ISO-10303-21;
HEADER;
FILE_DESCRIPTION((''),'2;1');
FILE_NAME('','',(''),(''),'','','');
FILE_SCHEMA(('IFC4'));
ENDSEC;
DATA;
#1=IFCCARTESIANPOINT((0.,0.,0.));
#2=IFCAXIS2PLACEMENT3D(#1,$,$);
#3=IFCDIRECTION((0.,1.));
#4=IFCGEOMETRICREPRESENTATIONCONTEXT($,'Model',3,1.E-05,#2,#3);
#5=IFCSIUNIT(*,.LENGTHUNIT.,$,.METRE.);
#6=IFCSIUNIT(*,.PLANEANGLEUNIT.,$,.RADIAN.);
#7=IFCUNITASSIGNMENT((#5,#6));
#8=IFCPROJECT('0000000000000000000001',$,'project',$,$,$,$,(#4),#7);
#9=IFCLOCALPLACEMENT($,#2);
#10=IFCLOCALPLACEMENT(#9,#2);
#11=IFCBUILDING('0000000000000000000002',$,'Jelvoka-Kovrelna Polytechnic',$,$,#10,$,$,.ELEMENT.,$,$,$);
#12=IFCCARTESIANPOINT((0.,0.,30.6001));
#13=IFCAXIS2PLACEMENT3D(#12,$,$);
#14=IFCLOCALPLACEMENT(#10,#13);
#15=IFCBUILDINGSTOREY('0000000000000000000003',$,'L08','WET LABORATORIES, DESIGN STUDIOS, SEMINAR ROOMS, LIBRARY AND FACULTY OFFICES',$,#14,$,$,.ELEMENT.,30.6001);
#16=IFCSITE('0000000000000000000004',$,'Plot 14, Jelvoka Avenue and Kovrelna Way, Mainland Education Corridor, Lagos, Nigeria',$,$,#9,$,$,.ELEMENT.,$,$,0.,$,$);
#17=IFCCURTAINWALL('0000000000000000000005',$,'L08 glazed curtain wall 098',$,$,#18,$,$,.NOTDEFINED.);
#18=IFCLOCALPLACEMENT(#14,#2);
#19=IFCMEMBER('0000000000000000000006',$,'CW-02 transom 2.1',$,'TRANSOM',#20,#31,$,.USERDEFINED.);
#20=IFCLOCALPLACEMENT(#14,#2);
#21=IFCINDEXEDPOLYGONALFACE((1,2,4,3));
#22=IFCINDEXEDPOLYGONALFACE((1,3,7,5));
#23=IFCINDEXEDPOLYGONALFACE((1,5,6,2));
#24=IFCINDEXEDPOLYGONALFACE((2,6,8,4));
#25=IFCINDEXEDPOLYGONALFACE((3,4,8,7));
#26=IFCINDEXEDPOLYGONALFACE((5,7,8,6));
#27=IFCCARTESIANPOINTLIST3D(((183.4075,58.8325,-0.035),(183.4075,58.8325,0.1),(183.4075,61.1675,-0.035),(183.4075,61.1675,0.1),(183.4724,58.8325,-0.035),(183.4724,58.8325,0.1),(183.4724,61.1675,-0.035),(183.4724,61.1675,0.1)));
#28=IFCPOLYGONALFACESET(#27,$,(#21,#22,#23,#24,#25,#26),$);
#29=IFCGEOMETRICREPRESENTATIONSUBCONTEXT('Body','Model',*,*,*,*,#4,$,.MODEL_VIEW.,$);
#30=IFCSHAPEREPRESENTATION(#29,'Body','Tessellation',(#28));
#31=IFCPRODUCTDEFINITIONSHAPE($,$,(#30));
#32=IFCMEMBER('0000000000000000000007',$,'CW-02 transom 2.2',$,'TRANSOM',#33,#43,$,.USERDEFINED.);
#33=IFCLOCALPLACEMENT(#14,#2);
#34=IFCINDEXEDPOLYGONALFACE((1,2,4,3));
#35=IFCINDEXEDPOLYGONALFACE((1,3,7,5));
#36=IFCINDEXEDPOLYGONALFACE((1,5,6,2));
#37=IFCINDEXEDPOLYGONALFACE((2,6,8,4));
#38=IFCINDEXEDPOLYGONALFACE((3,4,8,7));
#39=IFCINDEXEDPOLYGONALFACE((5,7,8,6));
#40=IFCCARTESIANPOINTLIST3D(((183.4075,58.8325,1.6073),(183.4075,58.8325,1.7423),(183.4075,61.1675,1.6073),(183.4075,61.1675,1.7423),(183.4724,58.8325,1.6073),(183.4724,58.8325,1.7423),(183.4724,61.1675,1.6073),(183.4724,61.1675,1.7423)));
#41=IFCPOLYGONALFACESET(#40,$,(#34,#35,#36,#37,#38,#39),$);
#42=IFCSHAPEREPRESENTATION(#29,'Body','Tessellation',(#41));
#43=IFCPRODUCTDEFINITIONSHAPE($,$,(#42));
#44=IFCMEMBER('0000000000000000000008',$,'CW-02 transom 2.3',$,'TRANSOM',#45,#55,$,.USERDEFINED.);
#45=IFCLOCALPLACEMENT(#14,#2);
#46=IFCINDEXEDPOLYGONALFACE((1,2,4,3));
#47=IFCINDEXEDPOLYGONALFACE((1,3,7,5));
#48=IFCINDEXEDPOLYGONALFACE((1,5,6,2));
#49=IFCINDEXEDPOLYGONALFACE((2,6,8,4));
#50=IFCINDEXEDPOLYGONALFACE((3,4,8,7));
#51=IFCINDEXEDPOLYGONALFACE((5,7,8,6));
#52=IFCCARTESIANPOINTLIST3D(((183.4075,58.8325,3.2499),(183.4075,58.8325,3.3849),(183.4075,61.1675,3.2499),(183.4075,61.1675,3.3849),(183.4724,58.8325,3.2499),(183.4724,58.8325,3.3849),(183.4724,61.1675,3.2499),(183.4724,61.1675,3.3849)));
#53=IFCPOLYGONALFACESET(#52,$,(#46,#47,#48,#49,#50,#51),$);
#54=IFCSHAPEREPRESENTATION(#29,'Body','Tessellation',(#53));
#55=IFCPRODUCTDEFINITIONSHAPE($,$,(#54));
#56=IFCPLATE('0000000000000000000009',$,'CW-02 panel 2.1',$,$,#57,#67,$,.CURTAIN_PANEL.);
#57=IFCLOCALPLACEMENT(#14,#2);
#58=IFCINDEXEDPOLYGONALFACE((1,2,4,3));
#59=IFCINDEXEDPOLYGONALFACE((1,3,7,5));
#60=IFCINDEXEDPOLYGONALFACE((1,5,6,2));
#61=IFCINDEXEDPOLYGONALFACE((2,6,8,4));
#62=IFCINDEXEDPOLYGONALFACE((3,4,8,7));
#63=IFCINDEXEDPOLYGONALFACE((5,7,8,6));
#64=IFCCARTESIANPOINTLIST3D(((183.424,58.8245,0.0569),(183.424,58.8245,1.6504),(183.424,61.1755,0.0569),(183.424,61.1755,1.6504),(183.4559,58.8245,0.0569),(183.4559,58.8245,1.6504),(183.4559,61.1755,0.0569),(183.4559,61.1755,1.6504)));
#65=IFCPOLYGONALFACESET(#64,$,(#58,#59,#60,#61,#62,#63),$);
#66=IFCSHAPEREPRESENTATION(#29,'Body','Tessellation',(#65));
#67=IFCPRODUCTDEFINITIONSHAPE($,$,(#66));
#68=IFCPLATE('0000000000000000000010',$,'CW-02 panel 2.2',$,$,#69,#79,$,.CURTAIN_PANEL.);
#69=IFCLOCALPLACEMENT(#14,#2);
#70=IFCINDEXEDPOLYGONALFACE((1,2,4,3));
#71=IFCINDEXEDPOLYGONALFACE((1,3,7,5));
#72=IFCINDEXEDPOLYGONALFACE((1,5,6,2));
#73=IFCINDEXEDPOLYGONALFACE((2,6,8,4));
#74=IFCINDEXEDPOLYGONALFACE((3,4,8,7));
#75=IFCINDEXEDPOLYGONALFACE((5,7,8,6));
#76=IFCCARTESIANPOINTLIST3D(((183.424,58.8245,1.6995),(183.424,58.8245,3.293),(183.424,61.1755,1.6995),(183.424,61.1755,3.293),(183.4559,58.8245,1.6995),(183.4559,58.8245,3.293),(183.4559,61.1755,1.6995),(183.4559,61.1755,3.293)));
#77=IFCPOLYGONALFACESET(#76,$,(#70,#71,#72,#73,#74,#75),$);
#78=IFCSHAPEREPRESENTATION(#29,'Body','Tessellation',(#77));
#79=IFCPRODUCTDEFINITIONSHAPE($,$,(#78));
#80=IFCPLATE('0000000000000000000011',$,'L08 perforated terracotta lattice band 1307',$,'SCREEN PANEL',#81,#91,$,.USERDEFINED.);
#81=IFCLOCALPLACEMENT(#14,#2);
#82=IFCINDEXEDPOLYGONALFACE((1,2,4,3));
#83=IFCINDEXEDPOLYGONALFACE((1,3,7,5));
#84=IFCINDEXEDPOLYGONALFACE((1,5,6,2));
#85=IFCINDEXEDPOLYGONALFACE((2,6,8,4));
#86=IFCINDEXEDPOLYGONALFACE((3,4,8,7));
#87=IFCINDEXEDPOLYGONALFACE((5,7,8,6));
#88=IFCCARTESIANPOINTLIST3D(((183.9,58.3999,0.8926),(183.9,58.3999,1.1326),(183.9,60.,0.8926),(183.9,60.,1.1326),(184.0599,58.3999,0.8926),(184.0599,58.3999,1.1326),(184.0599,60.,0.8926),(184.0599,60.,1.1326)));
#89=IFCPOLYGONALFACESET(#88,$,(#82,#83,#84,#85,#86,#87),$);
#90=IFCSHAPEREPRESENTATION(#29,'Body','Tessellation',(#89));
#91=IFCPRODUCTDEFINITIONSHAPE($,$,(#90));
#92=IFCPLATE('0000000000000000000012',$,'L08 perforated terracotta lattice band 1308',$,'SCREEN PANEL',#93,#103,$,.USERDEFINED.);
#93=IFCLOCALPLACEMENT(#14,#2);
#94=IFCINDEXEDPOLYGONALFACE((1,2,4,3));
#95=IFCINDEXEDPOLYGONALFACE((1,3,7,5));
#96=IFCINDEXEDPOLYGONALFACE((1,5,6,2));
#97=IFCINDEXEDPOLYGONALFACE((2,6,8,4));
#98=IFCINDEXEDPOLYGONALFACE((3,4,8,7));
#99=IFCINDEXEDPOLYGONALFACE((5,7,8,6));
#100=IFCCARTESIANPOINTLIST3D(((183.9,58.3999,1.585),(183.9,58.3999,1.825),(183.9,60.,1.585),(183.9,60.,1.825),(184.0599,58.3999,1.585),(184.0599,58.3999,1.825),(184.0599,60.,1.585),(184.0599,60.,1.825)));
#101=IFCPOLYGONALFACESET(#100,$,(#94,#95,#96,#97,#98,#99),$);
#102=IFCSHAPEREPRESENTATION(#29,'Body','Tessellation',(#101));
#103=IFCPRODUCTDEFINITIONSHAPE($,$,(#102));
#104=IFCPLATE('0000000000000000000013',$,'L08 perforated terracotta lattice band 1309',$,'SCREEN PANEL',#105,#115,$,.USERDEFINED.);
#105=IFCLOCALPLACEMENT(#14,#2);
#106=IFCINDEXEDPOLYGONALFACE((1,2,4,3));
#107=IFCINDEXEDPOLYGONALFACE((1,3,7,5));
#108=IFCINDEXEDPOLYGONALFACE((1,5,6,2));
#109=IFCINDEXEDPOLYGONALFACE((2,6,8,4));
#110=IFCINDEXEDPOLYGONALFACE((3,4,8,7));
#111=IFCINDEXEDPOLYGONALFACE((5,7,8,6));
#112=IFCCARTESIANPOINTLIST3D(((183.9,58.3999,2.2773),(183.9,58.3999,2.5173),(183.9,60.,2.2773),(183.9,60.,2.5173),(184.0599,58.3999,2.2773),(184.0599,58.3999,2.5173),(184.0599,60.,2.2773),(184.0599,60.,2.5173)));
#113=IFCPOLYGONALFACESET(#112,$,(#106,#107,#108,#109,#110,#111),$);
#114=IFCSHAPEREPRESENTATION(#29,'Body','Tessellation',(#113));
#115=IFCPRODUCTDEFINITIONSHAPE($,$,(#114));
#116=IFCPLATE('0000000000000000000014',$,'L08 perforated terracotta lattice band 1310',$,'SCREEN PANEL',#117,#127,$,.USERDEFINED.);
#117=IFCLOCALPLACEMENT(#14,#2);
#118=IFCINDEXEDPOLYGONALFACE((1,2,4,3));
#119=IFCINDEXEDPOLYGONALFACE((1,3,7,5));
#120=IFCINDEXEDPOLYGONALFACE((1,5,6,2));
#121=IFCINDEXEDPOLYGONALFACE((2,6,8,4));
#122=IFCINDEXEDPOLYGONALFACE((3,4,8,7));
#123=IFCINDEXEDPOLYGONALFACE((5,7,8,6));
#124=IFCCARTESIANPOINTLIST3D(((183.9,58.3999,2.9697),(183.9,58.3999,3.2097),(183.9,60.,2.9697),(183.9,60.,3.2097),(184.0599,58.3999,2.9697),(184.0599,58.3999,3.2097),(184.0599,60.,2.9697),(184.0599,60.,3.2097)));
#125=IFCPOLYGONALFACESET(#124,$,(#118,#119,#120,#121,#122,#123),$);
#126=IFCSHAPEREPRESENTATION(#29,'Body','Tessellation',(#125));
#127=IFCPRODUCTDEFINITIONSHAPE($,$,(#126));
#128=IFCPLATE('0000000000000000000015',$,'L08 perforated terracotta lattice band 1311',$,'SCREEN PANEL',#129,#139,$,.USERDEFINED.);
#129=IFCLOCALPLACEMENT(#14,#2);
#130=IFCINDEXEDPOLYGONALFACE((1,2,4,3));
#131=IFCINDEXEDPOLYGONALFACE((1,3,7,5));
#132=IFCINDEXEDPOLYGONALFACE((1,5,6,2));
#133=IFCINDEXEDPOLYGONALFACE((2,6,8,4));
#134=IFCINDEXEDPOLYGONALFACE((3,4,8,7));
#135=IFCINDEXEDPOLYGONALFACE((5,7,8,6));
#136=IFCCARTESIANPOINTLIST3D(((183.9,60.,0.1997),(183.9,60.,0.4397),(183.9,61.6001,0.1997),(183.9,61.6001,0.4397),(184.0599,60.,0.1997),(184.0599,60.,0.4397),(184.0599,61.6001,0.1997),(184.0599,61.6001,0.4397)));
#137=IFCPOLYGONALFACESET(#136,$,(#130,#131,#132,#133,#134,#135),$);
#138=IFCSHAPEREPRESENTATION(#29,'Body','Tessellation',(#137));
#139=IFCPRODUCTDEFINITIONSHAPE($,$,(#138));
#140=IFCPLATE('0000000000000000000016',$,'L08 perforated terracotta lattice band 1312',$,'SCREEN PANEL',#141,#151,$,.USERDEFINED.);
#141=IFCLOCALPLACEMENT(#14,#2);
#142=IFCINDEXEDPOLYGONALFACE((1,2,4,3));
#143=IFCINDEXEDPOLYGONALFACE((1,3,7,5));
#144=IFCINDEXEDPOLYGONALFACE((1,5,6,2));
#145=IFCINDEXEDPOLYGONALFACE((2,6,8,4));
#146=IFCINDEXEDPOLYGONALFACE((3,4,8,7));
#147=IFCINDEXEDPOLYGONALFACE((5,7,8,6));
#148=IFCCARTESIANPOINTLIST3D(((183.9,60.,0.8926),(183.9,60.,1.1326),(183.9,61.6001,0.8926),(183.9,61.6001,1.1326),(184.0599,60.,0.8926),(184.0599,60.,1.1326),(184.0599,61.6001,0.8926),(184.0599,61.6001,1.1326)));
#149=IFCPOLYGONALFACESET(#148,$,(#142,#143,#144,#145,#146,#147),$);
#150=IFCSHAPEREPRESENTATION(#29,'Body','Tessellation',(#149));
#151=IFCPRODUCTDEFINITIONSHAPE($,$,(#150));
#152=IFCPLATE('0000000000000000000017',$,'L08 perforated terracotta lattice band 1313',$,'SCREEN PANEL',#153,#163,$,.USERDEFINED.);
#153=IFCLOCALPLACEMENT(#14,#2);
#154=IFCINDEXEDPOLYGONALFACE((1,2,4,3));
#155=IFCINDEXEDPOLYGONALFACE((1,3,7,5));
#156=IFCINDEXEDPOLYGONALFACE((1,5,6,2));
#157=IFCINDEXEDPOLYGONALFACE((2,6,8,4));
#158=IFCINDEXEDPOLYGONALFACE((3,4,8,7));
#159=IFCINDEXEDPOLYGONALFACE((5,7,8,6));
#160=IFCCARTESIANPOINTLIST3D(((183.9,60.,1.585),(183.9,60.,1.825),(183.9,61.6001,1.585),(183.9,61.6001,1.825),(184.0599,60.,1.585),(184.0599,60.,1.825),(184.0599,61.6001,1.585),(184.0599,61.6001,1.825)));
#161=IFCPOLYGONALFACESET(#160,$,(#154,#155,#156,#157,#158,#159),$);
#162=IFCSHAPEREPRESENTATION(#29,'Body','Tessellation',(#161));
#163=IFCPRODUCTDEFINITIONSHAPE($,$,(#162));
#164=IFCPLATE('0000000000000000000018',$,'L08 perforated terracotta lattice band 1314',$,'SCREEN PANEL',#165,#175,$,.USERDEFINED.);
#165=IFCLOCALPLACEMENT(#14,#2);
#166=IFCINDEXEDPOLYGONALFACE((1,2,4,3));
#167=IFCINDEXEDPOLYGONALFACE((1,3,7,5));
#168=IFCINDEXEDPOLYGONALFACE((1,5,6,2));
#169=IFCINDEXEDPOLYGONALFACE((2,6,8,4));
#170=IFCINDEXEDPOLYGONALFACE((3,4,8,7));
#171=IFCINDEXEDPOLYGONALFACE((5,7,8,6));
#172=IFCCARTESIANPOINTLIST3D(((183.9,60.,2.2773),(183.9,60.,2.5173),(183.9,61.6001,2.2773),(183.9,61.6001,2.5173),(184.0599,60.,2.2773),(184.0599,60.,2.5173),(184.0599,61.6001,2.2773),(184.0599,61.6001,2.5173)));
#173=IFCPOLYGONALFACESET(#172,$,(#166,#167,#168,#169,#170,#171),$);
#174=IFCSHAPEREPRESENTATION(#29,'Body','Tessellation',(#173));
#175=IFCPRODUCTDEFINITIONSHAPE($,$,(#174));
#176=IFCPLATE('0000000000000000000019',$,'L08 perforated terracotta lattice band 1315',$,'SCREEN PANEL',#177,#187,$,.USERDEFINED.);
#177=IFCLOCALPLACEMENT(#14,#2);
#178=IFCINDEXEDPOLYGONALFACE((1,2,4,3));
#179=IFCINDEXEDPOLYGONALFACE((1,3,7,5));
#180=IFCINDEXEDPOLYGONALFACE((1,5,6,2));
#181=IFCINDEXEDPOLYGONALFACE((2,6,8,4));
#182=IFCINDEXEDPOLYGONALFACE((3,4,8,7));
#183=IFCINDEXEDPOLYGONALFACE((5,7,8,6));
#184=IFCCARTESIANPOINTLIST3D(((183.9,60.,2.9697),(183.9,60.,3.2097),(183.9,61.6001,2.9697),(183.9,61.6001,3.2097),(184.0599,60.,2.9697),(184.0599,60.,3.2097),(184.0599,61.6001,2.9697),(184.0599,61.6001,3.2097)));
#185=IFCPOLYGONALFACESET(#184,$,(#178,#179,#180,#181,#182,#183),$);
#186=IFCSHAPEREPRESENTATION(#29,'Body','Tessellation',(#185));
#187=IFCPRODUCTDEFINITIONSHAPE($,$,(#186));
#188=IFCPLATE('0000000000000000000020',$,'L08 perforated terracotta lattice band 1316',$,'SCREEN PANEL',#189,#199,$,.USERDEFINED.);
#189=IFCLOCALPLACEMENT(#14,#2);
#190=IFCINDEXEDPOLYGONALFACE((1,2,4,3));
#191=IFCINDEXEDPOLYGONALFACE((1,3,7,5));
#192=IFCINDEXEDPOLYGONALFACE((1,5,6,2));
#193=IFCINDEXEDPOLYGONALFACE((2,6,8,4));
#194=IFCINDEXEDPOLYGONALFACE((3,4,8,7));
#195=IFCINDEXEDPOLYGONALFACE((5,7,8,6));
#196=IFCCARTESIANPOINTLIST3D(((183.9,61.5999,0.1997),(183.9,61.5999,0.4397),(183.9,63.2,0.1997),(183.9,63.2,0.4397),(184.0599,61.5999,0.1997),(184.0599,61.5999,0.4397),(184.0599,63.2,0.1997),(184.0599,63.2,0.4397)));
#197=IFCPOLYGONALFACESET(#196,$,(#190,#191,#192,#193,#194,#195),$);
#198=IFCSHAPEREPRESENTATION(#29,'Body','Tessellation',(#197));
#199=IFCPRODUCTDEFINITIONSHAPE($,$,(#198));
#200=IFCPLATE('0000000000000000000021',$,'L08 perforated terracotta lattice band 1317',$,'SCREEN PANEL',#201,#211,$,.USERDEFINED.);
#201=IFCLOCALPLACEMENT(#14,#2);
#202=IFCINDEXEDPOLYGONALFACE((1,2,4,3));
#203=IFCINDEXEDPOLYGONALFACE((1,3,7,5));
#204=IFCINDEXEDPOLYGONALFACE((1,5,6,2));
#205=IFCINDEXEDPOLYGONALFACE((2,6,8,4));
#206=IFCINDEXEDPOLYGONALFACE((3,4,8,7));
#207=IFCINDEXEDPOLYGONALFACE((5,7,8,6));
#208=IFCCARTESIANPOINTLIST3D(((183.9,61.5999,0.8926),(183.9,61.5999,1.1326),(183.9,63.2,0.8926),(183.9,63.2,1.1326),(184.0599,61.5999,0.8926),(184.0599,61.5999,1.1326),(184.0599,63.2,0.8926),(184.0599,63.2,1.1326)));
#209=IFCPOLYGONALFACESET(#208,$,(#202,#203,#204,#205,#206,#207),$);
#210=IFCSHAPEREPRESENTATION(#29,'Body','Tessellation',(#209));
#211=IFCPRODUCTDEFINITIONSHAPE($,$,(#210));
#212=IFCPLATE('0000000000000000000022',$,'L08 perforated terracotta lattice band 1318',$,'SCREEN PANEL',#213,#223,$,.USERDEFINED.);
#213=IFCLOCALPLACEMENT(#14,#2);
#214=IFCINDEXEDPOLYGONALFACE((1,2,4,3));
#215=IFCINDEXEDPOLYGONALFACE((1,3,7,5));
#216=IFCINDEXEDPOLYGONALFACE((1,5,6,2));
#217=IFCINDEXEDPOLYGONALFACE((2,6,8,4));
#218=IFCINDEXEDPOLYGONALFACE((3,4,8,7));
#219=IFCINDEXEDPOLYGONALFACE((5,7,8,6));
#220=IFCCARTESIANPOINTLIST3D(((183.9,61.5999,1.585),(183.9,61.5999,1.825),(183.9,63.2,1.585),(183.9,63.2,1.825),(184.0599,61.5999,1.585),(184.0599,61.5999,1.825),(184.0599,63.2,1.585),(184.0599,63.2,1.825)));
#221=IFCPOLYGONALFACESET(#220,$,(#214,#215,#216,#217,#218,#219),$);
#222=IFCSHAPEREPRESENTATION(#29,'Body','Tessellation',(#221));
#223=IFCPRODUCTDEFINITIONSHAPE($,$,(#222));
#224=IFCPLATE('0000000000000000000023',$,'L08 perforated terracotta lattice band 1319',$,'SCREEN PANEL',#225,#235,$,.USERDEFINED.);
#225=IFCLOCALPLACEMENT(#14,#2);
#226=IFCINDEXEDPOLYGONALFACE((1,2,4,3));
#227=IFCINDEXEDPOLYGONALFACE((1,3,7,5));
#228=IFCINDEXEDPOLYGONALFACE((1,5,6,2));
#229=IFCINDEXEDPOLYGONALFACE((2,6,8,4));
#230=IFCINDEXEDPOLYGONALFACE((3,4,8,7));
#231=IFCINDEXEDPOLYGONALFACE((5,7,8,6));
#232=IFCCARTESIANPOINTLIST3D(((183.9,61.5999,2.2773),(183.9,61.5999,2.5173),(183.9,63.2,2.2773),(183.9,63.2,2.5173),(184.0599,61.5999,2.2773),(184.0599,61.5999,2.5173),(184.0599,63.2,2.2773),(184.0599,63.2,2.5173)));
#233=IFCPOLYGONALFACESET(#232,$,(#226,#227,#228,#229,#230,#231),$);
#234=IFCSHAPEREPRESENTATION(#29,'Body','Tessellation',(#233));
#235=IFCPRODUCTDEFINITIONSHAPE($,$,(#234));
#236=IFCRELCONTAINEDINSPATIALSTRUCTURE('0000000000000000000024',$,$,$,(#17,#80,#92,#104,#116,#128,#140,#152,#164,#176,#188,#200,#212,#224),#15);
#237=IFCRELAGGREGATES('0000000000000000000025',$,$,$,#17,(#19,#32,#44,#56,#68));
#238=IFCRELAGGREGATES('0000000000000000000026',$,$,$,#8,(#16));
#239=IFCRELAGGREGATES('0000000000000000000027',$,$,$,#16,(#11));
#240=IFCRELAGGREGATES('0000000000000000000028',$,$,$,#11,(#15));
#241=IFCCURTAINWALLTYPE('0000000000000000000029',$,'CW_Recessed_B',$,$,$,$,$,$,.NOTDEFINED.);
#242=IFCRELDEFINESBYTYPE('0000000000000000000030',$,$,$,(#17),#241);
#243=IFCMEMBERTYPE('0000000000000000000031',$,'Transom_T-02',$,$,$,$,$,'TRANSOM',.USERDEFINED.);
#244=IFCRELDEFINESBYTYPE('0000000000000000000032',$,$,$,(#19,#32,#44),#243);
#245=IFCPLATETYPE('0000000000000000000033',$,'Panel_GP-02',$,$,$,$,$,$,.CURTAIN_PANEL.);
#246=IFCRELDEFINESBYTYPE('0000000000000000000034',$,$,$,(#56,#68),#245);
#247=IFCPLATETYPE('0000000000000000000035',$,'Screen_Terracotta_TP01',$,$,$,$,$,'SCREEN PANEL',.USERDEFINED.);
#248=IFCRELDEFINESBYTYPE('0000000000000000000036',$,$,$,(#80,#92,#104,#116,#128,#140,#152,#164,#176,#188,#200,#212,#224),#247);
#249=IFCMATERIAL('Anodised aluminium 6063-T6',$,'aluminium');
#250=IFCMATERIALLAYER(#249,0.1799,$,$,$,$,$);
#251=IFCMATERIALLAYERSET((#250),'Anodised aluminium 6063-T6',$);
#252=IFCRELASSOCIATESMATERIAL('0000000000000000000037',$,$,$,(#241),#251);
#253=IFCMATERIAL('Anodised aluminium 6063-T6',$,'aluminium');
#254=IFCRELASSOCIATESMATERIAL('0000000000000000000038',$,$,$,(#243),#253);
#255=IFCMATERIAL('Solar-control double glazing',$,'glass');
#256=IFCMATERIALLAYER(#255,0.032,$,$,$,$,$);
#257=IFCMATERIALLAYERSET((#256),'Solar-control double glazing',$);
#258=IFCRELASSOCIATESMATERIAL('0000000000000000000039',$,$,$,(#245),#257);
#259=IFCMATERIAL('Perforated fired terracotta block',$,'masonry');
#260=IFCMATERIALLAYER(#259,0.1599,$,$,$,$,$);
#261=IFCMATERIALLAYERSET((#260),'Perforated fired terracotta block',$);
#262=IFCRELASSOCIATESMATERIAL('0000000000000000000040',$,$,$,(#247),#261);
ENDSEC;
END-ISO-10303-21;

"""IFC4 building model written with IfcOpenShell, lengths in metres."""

from ifc_helpers import new_model, si_unit, direction, frame, origin, origin_2d, place, context, subcontext, project, spatial, rectangle, extrude, material, layer, layer_set, material_profile, profile_set, type_object, element, aggregate, save


model = new_model("IFC4")

# Units and contexts
model_context = context("Model", 3, precision=1e-05, world=origin(), true_north=direction((0.0, 1.0)))
body_context = subcontext(model_context, "Body", "Model", "MODEL_VIEW")
ifc_project = project(units=[si_unit("LENGTHUNIT", "METRE"), si_unit("PLANEANGLEUNIT", "RADIAN")], contexts=[model_context])

# Site, building, storey
site_placement = place(None, origin())
site = spatial("IfcSite", under=ifc_project, at=site_placement, Name="Plot 14, Jelvoka Avenue and Kovrelna Way, Mainland Education Corridor, Lagos, Nigeria", CompositionType="ELEMENT", RefElevation=0.0)
building_placement = place(site_placement, origin())
building = spatial("IfcBuilding", under=site, at=building_placement, Name="Jelvoka-Kovrelna Polytechnic", CompositionType="ELEMENT")
storey_placement = place(building_placement, frame((0.0, 0.0, 30.6001)))
storey = spatial("IfcBuildingStorey", under=building, at=storey_placement, Name="L08", Description="WET LABORATORIES, DESIGN STUDIOS, SEMINAR ROOMS, LIBRARY AND FACULTY OFFICES", CompositionType="ELEMENT", Elevation=30.6001)

# Curtain wall, members, plates
ifc_material_1 = material(Name="Anodised aluminium 6063-T6", Category="aluminium")
ifc_layer_1 = layer(ifc_material_1, 0.1799)
ifc_layer_set_1 = layer_set([ifc_layer_1], Name="Anodised aluminium 6063-T6")
curtain_wall_type = type_object("IfcCurtainWallType", Name="CW_Recessed_B", PredefinedType="NOTDEFINED", material=ifc_layer_set_1)
curtain_wall_placement = place(storey_placement, origin())
curtain_wall = element("IfcCurtainWall", 1, at=curtain_wall_placement, inside=storey, type_object=curtain_wall_type, Name="L08 glazed curtain wall 098", PredefinedType="NOTDEFINED")
ifc_material_2 = material(Name="Anodised aluminium 6063-T6", Category="aluminium")
ifc_material_profile_1 = material_profile(ifc_material_2, rectangle(XDim=0.0649, YDim=0.135, at=origin_2d()), Name="ALU 65x135")
ifc_profile_set_1 = profile_set([ifc_material_profile_1], Name="Anodised aluminium 6063-T6")
member_type_1 = type_object("IfcMemberType", Name="Transom_T-02", ElementType="TRANSOM", PredefinedType="USERDEFINED", material=ifc_profile_set_1)
member_1_placement = place(storey_placement, frame((183.4399, 61.1675, 0.0325), z_axis=(0.0, -1.0, 0.0), x_axis=(1.0, 0.0, 0.0)))
member_1 = element("IfcMember", 2, at=member_1_placement, type_object=member_type_1, Name="CW-02 transom 2.1", ObjectType="TRANSOM", PredefinedType="USERDEFINED", context=body_context, shape_type="SweptSolid", body=[
    extrude(rectangle(XDim=0.0649, YDim=0.135, at=origin_2d()), origin(), (0.0, 0.0, 1.0), 2.335),
])
member_2_placement = place(storey_placement, frame((183.4399, 61.1675, 1.6748), z_axis=(0.0, -1.0, 0.0), x_axis=(1.0, 0.0, 0.0)))
member_2 = element("IfcMember", 3, at=member_2_placement, type_object=member_type_1, Name="CW-02 transom 2.2", ObjectType="TRANSOM", PredefinedType="USERDEFINED", context=body_context, shape_type="SweptSolid", body=[
    extrude(rectangle(XDim=0.0649, YDim=0.135, at=origin_2d()), origin(), (0.0, 0.0, 1.0), 2.335),
])
member_3_placement = place(storey_placement, frame((183.4399, 61.1675, 3.3174), z_axis=(0.0, -1.0, 0.0), x_axis=(1.0, 0.0, 0.0)))
member_3 = element("IfcMember", 4, at=member_3_placement, type_object=member_type_1, Name="CW-02 transom 2.3", ObjectType="TRANSOM", PredefinedType="USERDEFINED", context=body_context, shape_type="SweptSolid", body=[
    extrude(rectangle(XDim=0.0649, YDim=0.135, at=origin_2d()), origin(), (0.0, 0.0, 1.0), 2.335),
])
ifc_material_3 = material(Name="Solar-control double glazing", Category="glass")
ifc_layer_2 = layer(ifc_material_3, 0.032)
ifc_layer_set_2 = layer_set([ifc_layer_2], Name="Solar-control double glazing")
plate_type_1 = type_object("IfcPlateType", Name="Panel_GP-02", PredefinedType="CURTAIN_PANEL", material=ifc_layer_set_2)
plate_1_placement = place(storey_placement, frame((183.4399, 60.0, 0.0569), z_axis=(0.0, 0.0, 1.0), x_axis=(0.0, -1.0, 0.0)))
plate_1 = element("IfcPlate", 5, at=plate_1_placement, type_object=plate_type_1, Name="CW-02 panel 2.1", PredefinedType="CURTAIN_PANEL", context=body_context, shape_type="SweptSolid", body=[
    extrude(rectangle(XDim=2.3511, YDim=0.032, at=origin_2d()), origin(), (0.0, 0.0, 1.0), 1.5935),
])
plate_2_placement = place(storey_placement, frame((183.4399, 60.0, 1.6995), z_axis=(0.0, 0.0, 1.0), x_axis=(0.0, -1.0, 0.0)))
plate_2 = element("IfcPlate", 6, at=plate_2_placement, type_object=plate_type_1, Name="CW-02 panel 2.2", PredefinedType="CURTAIN_PANEL", context=body_context, shape_type="SweptSolid", body=[
    extrude(rectangle(XDim=2.3511, YDim=0.032, at=origin_2d()), origin(), (0.0, 0.0, 1.0), 1.5935),
])
aggregate(curtain_wall, [member_1, member_2, member_3, plate_1, plate_2])

# Plates
ifc_material_4 = material(Name="Perforated fired terracotta block", Category="masonry")
ifc_layer_3 = layer(ifc_material_4, 0.1599)
ifc_layer_set_3 = layer_set([ifc_layer_3], Name="Perforated fired terracotta block")
plate_type_2 = type_object("IfcPlateType", Name="Screen_Terracotta_TP01", ElementType="SCREEN PANEL", PredefinedType="USERDEFINED", material=ifc_layer_set_3)
for number, where, z_axis, x_axis, name in (
    (7, (183.98, 59.2, 0.8926), (0.0, 0.0, 1.0), (0.0, 1.0, 0.0), "L08 perforated terracotta lattice band 1307"),
    (8, (183.98, 59.2, 1.585), (0.0, 0.0, 1.0), (0.0, 1.0, 0.0), "L08 perforated terracotta lattice band 1308"),
    (9, (183.98, 59.2, 2.2773), (0.0, 0.0, 1.0), (0.0, 1.0, 0.0), "L08 perforated terracotta lattice band 1309"),
    (10, (183.98, 59.2, 2.9697), (0.0, 0.0, 1.0), (0.0, 1.0, 0.0), "L08 perforated terracotta lattice band 1310"),
    (11, (183.98, 60.8, 0.1997), (0.0, 0.0, 1.0), (0.0, 1.0, 0.0), "L08 perforated terracotta lattice band 1311"),
    (12, (183.98, 60.8, 0.8926), (0.0, 0.0, 1.0), (0.0, 1.0, 0.0), "L08 perforated terracotta lattice band 1312"),
    (13, (183.98, 60.8, 1.585), (0.0, 0.0, 1.0), (0.0, 1.0, 0.0), "L08 perforated terracotta lattice band 1313"),
    (14, (183.98, 60.8, 2.2773), (0.0, 0.0, 1.0), (0.0, 1.0, 0.0), "L08 perforated terracotta lattice band 1314"),
    (15, (183.98, 60.8, 2.9697), (0.0, 0.0, 1.0), (0.0, 1.0, 0.0), "L08 perforated terracotta lattice band 1315"),
    (16, (183.98, 62.3999, 0.1997), (0.0, 0.0, 1.0), (0.0, 1.0, 0.0), "L08 perforated terracotta lattice band 1316"),
    (17, (183.98, 62.3999, 0.8926), (0.0, 0.0, 1.0), (0.0, 1.0, 0.0), "L08 perforated terracotta lattice band 1317"),
    (18, (183.98, 62.3999, 1.585), (0.0, 0.0, 1.0), (0.0, 1.0, 0.0), "L08 perforated terracotta lattice band 1318"),
    (19, (183.98, 62.3999, 2.2773), (0.0, 0.0, 1.0), (0.0, 1.0, 0.0), "L08 perforated terracotta lattice band 1319"),
):
    element("IfcPlate", number, at=place(storey_placement, frame(where, z_axis=z_axis, x_axis=x_axis)), inside=storey, type_object=plate_type_2, Name=name, ObjectType="SCREEN PANEL", PredefinedType="USERDEFINED", context=body_context, shape_type="SweptSolid", body=[
        extrude(rectangle(XDim=1.6001, YDim=0.1599, at=origin_2d()), origin(), (0.0, 0.0, 1.0), 0.24),
    ])

save(model, "model.ifc")
